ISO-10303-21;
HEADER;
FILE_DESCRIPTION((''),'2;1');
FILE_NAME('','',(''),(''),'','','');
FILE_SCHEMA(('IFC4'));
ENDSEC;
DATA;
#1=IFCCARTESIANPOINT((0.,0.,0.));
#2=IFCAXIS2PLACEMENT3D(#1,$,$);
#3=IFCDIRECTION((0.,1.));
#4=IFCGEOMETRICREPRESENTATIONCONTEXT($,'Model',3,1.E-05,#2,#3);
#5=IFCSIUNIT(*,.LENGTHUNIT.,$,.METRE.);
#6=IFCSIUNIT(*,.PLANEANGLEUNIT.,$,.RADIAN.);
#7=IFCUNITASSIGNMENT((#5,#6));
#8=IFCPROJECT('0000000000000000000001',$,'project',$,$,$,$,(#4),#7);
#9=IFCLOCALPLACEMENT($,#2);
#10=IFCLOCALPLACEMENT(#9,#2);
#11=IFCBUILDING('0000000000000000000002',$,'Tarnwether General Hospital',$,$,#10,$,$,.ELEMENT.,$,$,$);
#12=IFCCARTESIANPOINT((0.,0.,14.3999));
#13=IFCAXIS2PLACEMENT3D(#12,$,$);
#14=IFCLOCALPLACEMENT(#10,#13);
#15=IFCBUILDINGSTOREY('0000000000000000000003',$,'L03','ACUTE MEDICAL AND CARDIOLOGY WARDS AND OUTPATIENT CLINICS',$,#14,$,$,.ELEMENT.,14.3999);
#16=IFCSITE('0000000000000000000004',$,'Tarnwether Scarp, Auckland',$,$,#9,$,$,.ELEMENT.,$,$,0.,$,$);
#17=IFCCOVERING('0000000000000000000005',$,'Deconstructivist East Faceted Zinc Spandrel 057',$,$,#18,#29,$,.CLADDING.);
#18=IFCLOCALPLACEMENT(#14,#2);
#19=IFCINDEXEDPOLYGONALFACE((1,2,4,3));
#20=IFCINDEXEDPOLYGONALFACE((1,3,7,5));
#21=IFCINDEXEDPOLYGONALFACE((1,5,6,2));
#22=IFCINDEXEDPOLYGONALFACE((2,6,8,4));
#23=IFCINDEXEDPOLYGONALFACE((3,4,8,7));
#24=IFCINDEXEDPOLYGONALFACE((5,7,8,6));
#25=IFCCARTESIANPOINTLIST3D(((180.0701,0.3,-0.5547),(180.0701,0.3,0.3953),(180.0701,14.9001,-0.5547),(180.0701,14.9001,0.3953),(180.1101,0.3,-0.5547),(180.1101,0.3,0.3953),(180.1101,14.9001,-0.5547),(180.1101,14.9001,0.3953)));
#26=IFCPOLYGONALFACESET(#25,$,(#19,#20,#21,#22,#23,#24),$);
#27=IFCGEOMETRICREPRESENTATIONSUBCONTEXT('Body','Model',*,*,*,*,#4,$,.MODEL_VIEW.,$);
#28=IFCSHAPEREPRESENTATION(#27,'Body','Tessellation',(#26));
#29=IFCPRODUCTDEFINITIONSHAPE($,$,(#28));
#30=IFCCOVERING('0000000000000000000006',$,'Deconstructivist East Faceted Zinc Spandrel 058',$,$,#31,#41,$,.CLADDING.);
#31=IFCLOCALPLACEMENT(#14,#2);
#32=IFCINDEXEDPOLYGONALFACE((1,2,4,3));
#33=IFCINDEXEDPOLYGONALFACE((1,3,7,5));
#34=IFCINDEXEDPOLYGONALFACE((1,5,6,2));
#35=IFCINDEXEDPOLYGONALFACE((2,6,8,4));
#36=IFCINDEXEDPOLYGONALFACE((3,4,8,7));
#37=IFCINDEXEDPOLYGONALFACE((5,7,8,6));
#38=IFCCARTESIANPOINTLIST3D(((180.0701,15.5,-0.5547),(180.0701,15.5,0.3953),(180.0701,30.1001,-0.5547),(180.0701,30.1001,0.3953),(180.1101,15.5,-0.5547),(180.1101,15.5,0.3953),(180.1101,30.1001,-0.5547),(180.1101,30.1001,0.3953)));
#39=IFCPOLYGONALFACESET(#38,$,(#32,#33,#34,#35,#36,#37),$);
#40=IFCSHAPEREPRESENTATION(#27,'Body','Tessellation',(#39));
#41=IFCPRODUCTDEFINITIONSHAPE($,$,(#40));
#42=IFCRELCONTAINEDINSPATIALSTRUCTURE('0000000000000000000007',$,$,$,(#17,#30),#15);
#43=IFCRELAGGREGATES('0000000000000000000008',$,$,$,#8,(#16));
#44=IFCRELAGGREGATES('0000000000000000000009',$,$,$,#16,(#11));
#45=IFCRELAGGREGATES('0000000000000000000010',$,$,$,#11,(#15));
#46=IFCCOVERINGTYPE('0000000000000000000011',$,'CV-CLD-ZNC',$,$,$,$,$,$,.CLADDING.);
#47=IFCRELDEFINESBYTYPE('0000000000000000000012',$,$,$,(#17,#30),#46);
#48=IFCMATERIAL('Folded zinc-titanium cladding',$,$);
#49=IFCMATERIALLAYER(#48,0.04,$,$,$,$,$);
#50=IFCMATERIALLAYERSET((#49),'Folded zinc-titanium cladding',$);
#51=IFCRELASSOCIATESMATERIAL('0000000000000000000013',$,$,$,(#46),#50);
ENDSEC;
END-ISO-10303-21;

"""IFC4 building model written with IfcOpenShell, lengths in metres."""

from ifc_helpers import new_model, si_unit, direction, frame, origin, origin_2d, place, context, subcontext, project, spatial, rectangle, extrude, material, layer, layer_set, type_object, element, save


model = new_model("IFC4")

# Units and contexts
model_context = context("Model", 3, precision=1e-05, world=origin(), true_north=direction((0.0, 1.0)))
body_context = subcontext(model_context, "Body", "Model", "MODEL_VIEW")
ifc_project = project(units=[si_unit("LENGTHUNIT", "METRE"), si_unit("PLANEANGLEUNIT", "RADIAN")], contexts=[model_context])

# Site, building, storey
site_placement = place(None, origin())
site = spatial("IfcSite", under=ifc_project, at=site_placement, Name="Tarnwether Scarp, Auckland", CompositionType="ELEMENT", RefElevation=0.0)
building_placement = place(site_placement, origin())
building = spatial("IfcBuilding", under=site, at=building_placement, Name="Tarnwether General Hospital", CompositionType="ELEMENT")
storey_placement = place(building_placement, frame((0.0, 0.0, 14.3999)))
storey = spatial("IfcBuildingStorey", under=building, at=storey_placement, Name="L03", Description="ACUTE MEDICAL AND CARDIOLOGY WARDS AND OUTPATIENT CLINICS", CompositionType="ELEMENT", Elevation=14.3999)

# Coverings
ifc_material_1 = material(Name="Folded zinc-titanium cladding")
ifc_layer_1 = layer(ifc_material_1, 0.04)
ifc_layer_set_1 = layer_set([ifc_layer_1], Name="Folded zinc-titanium cladding")
covering_type = type_object("IfcCoveringType", Name="CV-CLD-ZNC", PredefinedType="CLADDING", material=ifc_layer_set_1)
for number, where, z_axis, x_axis, name in (
    (1, (180.0901, 7.6001, -0.5547), (0.0, 0.0, 1.0), (0.0, 1.0, 0.0), "Deconstructivist East Faceted Zinc Spandrel 057"),
    (2, (180.0901, 22.8, -0.5547), (0.0, 0.0, 1.0), (0.0, 1.0, 0.0), "Deconstructivist East Faceted Zinc Spandrel 058"),
):
    element("IfcCovering", number, at=place(storey_placement, frame(where, z_axis=z_axis, x_axis=x_axis)), inside=storey, type_object=covering_type, Name=name, PredefinedType="CLADDING", context=body_context, shape_type="SweptSolid", body=[
        extrude(rectangle(XDim=14.6001, YDim=0.04, at=origin_2d()), origin(), (0.0, 0.0, 1.0), 0.95),
    ])

save(model, "model.ifc")
